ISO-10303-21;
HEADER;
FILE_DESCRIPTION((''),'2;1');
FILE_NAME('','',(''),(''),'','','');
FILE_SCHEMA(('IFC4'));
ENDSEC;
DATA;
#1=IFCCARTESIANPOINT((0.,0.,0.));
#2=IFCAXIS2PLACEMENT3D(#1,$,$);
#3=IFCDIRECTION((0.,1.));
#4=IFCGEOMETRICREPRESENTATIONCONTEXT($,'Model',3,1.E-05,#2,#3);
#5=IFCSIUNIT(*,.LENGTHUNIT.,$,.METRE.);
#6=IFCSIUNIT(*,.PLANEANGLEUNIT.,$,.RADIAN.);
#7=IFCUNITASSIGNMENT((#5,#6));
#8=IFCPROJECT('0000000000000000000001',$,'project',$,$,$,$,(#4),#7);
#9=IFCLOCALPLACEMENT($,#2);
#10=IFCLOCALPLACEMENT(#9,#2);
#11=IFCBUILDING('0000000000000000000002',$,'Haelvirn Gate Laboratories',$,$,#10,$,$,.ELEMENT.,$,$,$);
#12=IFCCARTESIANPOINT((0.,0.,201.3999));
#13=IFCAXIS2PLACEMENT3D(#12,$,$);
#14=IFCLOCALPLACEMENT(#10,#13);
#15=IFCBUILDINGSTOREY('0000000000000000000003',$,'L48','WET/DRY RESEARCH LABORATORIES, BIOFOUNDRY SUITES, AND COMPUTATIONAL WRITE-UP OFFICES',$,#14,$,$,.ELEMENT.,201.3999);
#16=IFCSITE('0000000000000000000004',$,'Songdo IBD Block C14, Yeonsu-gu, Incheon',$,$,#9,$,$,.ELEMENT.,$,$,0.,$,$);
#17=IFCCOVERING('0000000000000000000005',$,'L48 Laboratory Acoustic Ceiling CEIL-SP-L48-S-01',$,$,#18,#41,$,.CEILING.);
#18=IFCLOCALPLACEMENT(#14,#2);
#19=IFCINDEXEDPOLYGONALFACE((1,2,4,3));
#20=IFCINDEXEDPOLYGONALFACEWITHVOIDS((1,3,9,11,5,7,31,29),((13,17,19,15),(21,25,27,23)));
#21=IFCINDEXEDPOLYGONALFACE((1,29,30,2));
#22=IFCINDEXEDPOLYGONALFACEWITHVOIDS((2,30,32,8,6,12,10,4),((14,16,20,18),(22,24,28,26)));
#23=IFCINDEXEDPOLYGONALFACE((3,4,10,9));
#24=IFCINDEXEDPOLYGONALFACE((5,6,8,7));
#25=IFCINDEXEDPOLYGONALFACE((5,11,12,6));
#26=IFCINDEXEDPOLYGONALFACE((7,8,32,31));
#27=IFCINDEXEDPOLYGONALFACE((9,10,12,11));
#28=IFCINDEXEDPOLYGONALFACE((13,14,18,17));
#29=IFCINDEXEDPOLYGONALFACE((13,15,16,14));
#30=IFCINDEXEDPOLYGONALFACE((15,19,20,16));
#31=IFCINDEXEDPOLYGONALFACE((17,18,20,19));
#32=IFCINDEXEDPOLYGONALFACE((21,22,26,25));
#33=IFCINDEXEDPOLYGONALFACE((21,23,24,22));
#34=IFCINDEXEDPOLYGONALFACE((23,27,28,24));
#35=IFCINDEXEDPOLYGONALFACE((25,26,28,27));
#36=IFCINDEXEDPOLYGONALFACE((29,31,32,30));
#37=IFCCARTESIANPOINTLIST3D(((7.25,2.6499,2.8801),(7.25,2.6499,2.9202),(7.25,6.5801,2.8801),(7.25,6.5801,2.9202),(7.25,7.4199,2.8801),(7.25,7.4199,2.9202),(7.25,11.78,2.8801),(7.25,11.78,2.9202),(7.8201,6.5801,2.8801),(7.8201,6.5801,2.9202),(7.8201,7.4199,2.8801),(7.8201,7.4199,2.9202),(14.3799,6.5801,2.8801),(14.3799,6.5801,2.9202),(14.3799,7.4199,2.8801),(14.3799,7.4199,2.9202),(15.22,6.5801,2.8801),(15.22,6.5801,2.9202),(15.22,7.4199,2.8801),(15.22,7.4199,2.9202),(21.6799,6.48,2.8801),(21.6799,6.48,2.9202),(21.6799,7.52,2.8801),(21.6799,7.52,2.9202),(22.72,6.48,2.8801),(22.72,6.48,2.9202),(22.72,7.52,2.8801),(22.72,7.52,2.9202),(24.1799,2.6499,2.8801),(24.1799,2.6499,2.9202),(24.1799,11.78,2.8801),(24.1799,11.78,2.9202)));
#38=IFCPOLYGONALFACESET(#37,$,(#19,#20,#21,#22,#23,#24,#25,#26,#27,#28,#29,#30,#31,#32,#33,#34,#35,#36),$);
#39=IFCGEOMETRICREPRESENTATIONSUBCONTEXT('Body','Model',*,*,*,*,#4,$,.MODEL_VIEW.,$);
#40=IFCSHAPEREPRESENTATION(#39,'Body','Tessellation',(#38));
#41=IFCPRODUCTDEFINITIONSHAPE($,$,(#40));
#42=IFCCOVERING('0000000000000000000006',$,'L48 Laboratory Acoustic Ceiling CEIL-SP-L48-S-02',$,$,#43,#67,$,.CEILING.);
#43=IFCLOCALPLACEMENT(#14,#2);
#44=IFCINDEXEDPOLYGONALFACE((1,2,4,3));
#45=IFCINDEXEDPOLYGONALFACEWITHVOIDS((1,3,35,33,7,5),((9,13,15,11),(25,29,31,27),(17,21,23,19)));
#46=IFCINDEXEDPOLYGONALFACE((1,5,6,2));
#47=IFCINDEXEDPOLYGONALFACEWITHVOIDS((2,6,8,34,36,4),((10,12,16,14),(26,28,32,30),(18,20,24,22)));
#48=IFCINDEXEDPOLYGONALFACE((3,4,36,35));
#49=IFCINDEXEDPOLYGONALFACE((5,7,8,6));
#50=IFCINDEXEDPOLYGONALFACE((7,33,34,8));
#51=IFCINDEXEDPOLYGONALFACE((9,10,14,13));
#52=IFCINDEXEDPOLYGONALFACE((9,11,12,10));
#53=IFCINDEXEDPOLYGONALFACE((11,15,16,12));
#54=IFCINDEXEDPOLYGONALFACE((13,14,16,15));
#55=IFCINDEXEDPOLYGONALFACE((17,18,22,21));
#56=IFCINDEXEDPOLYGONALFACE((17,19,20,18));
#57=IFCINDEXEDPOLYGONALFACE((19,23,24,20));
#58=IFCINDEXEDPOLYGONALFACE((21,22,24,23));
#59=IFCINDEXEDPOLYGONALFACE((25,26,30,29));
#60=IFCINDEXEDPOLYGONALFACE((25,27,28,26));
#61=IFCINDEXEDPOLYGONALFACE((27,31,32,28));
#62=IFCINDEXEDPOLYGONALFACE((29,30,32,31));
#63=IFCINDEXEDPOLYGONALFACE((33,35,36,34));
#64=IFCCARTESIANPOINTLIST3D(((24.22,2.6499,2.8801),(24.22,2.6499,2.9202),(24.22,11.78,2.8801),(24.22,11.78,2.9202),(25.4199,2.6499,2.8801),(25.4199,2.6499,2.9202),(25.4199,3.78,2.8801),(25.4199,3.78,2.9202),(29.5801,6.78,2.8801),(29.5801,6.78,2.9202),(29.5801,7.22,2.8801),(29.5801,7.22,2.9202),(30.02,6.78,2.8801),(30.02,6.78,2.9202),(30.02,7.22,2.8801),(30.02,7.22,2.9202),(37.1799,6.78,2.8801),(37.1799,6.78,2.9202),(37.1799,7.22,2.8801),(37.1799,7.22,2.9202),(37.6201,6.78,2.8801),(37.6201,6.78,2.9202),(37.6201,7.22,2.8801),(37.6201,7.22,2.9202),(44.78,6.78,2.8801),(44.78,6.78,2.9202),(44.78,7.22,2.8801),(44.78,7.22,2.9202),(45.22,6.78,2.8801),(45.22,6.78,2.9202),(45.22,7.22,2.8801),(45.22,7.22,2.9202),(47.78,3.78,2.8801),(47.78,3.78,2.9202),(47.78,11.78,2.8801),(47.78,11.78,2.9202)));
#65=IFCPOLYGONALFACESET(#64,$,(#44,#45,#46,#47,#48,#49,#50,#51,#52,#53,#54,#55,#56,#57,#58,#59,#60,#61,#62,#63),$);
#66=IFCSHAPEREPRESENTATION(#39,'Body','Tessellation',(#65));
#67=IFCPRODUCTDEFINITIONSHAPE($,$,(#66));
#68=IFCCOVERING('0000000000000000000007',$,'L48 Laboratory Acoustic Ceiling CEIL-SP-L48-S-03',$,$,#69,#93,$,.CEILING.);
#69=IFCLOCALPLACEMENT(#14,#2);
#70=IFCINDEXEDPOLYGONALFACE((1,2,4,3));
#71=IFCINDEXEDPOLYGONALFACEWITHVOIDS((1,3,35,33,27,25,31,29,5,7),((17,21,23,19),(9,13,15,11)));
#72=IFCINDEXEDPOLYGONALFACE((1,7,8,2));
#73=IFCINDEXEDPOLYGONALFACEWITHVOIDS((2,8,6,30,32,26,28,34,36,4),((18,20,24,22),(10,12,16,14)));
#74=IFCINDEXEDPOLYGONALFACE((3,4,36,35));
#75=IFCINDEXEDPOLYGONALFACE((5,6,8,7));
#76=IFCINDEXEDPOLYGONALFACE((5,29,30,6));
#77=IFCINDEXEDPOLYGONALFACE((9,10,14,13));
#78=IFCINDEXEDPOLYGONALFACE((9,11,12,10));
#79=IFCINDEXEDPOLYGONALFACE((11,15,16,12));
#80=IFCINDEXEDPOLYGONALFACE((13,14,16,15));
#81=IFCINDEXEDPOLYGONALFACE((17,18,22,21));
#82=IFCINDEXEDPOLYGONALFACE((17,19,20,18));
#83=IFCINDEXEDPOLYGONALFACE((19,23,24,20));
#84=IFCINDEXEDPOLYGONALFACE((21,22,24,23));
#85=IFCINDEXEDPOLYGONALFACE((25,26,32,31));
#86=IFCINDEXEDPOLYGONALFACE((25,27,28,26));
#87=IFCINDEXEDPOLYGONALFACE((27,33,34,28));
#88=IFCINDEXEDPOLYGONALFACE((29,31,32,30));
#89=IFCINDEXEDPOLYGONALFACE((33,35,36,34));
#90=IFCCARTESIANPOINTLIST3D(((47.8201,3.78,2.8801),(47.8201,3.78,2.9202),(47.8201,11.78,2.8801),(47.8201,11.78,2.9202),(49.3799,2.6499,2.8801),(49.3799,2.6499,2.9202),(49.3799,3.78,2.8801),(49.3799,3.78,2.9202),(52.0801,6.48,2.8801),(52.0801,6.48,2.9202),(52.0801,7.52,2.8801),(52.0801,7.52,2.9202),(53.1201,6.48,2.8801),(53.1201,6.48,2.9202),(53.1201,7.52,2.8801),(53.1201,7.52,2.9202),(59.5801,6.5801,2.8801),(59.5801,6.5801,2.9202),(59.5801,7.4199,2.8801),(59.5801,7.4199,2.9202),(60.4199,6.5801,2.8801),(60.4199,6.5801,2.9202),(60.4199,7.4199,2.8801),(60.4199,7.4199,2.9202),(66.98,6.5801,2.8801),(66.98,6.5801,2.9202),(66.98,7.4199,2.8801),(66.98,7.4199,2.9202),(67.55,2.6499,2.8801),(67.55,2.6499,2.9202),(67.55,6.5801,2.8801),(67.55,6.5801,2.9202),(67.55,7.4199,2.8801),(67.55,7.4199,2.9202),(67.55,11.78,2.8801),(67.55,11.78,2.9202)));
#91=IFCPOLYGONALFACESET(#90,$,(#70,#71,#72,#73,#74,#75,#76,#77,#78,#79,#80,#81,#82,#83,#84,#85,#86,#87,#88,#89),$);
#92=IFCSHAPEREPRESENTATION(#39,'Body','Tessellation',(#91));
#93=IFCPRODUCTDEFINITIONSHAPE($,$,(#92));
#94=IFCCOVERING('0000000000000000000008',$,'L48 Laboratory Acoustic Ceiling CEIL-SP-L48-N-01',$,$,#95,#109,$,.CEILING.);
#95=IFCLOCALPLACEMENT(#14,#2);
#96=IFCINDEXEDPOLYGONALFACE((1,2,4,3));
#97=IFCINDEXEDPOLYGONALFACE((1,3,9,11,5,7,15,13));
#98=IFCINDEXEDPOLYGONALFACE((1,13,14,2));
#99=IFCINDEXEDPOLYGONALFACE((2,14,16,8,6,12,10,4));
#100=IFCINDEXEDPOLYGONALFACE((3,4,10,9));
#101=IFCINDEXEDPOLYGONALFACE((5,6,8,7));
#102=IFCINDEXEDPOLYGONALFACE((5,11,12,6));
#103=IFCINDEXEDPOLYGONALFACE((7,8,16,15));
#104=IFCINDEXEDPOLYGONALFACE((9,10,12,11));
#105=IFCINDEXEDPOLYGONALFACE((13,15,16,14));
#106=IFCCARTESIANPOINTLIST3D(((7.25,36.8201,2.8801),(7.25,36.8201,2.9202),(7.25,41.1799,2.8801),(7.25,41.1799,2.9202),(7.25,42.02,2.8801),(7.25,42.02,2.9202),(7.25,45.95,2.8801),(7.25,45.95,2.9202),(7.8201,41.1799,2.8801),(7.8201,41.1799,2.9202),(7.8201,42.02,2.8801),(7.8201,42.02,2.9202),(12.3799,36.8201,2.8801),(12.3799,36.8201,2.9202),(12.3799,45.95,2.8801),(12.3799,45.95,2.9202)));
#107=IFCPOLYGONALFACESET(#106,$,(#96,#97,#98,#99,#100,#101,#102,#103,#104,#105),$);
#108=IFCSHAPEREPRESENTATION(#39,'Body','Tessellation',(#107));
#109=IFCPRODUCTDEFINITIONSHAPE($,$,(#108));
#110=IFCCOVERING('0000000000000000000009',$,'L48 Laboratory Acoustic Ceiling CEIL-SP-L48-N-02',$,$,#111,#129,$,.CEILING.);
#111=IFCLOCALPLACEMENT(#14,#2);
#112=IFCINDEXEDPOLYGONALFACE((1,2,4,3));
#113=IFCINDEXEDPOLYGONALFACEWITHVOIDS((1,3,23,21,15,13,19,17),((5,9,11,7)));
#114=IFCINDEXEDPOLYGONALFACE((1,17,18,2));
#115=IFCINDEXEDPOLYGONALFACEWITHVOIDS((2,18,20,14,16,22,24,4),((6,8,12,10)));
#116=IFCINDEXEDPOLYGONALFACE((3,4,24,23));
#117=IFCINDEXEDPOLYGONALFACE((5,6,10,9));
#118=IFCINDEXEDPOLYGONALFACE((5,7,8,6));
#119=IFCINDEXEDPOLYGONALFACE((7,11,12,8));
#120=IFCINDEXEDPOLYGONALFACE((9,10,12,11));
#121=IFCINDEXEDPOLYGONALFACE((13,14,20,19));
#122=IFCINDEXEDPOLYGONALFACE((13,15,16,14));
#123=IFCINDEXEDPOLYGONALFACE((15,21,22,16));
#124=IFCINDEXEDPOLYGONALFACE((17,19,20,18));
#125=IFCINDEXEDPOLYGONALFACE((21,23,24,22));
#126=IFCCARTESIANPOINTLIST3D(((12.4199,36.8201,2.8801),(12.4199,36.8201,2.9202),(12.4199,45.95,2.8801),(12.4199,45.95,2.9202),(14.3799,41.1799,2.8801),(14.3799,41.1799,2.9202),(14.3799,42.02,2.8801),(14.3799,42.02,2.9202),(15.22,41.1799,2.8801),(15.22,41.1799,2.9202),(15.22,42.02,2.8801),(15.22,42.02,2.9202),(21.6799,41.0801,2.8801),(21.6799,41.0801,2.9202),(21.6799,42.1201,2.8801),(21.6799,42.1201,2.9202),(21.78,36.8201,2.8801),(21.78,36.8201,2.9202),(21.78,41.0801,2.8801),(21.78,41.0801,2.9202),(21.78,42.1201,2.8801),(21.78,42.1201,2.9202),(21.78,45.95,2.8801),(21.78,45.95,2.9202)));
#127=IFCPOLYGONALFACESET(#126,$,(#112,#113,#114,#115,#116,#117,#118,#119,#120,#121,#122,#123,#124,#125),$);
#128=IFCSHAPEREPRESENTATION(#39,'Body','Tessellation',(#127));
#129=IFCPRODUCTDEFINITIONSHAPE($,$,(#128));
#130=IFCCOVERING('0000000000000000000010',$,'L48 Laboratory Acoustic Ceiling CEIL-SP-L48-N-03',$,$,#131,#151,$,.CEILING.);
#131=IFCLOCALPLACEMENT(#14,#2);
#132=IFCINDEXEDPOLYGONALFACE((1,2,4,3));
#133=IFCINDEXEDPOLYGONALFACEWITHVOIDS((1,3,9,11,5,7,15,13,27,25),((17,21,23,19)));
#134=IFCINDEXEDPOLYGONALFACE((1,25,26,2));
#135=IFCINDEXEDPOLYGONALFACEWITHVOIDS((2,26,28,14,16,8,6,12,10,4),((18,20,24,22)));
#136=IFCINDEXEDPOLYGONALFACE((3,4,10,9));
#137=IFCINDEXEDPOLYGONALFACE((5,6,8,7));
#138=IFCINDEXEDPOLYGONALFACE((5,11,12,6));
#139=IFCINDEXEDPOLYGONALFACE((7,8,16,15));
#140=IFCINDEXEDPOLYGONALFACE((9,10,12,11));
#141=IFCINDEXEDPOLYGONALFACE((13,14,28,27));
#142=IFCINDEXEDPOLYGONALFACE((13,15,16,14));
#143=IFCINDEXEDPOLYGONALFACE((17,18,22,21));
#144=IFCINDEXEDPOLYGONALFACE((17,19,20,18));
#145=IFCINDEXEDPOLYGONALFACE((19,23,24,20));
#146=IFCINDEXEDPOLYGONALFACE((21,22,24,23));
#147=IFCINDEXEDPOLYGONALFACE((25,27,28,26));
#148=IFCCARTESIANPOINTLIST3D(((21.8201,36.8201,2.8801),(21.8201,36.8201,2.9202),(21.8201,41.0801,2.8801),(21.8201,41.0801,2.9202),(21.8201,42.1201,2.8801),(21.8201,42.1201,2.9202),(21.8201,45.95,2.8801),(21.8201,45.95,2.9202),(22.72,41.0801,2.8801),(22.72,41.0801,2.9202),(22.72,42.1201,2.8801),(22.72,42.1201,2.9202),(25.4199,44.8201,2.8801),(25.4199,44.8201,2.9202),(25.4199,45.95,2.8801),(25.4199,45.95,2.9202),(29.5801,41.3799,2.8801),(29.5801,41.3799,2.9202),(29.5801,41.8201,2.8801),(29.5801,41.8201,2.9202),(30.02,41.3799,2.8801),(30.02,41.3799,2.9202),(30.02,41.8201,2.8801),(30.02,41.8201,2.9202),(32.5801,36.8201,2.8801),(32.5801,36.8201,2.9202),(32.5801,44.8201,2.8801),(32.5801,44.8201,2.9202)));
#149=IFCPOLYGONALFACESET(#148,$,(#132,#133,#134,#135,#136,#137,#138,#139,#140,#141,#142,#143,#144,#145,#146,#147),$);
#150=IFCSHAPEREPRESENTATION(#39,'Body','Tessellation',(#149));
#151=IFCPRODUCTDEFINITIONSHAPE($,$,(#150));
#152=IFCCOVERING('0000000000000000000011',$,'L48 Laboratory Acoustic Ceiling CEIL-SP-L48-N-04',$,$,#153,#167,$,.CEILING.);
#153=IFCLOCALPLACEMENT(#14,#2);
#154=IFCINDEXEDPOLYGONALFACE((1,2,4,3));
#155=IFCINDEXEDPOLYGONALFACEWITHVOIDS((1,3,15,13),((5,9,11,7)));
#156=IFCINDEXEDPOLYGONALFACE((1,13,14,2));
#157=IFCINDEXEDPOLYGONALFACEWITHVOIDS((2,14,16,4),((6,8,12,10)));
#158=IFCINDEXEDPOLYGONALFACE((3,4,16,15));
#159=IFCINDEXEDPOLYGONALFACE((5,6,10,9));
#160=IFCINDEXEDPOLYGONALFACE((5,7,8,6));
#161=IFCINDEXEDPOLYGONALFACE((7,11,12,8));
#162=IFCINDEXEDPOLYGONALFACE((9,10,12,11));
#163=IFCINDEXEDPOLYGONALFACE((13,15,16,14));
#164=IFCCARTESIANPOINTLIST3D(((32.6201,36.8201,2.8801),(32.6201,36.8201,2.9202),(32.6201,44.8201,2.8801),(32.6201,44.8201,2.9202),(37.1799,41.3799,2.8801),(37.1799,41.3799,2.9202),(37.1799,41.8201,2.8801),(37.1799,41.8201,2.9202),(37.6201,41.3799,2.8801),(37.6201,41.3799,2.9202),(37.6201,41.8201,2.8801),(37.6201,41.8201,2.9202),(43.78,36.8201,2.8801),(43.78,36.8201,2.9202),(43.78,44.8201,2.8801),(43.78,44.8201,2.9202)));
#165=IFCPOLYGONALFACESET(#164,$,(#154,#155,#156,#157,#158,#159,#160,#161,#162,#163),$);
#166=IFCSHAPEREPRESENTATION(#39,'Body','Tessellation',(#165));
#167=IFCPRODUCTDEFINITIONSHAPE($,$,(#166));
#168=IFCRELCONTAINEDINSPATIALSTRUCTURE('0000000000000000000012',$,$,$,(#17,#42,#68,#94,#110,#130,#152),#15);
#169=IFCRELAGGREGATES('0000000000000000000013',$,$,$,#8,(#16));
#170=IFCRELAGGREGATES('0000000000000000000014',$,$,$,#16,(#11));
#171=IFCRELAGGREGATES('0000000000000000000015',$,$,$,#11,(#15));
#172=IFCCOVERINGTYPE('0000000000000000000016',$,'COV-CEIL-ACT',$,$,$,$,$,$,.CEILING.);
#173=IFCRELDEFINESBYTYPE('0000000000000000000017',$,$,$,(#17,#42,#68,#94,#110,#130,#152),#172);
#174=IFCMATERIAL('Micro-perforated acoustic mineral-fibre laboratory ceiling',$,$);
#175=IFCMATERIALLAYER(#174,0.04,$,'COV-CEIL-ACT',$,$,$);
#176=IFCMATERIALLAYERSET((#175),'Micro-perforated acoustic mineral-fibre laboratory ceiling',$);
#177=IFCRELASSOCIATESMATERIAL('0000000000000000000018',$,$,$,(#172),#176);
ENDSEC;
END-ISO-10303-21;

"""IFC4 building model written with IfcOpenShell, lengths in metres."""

from ifc_helpers import new_model, si_unit, direction, frame, origin, place, context, subcontext, project, spatial, polyline, outline, extrude, material, layer, layer_set, type_object, element, save


model = new_model("IFC4")

# Units and contexts
model_context = context("Model", 3, precision=1e-05, world=origin(), true_north=direction((0.0, 1.0)))
body_context = subcontext(model_context, "Body", "Model", "MODEL_VIEW")
ifc_project = project(units=[si_unit("LENGTHUNIT", "METRE"), si_unit("PLANEANGLEUNIT", "RADIAN")], contexts=[model_context])

# Site, building, storey
site_placement = place(None, origin())
site = spatial("IfcSite", under=ifc_project, at=site_placement, Name="Songdo IBD Block C14, Yeonsu-gu, Incheon", CompositionType="ELEMENT", RefElevation=0.0)
building_placement = place(site_placement, origin())
building = spatial("IfcBuilding", under=site, at=building_placement, Name="Haelvirn Gate Laboratories", CompositionType="ELEMENT")
storey_placement = place(building_placement, frame((0.0, 0.0, 201.3999)))
storey = spatial("IfcBuildingStorey", under=building, at=storey_placement, Name="L48", Description="WET/DRY RESEARCH LABORATORIES, BIOFOUNDRY SUITES, AND COMPUTATIONAL WRITE-UP OFFICES", CompositionType="ELEMENT", Elevation=201.3999)

# Coverings
ifc_material_1 = material(Name="Micro-perforated acoustic mineral-fibre laboratory ceiling")
ifc_layer_1 = layer(ifc_material_1, 0.04, Name="COV-CEIL-ACT")
ifc_layer_set_1 = layer_set([ifc_layer_1], Name="Micro-perforated acoustic mineral-fibre laboratory ceiling")
covering_type = type_object("IfcCoveringType", Name="COV-CEIL-ACT", PredefinedType="CEILING", material=ifc_layer_set_1)
covering_1_placement = place(storey_placement, frame((0.0, 0.0, 2.8801)))
element("IfcCovering", 1, at=covering_1_placement, inside=storey, type_object=covering_type, Name="L48 Laboratory Acoustic Ceiling CEIL-SP-L48-S-01", PredefinedType="CEILING", context=body_context, shape_type="SweptSolid", body=[
    extrude(outline(polyline([(7.25, 11.78), (24.1799, 11.78), (24.1799, 2.6499), (7.25, 2.6499), (7.25, 6.5801), (7.8201, 6.5801), (7.8201, 7.4199), (7.25, 7.4199), (7.25, 11.78)]), holes=[polyline([(14.3799, 6.5801), (15.22, 6.5801), (15.22, 7.4199), (14.3799, 7.4199), (14.3799, 6.5801)]), polyline([(21.6799, 7.52), (21.6799, 6.48), (22.72, 6.48), (22.72, 7.52), (21.6799, 7.52)])]), origin(), (0.0, 0.0, 1.0), 0.04),
])
covering_2_placement = place(storey_placement, frame((0.0, 0.0, 2.8801)))
element("IfcCovering", 2, at=covering_2_placement, inside=storey, type_object=covering_type, Name="L48 Laboratory Acoustic Ceiling CEIL-SP-L48-S-02", PredefinedType="CEILING", context=body_context, shape_type="SweptSolid", body=[
    extrude(outline(polyline([(24.22, 11.78), (47.78, 11.78), (47.78, 3.78), (25.4199, 3.78), (25.4199, 2.6499), (24.22, 2.6499), (24.22, 11.78)]), holes=[polyline([(29.5801, 6.78), (30.02, 6.78), (30.02, 7.22), (29.5801, 7.22), (29.5801, 6.78)]), polyline([(37.1799, 7.22), (37.1799, 6.78), (37.6201, 6.78), (37.6201, 7.22), (37.1799, 7.22)]), polyline([(45.22, 7.22), (44.78, 7.22), (44.78, 6.78), (45.22, 6.78), (45.22, 7.22)])]), origin(), (0.0, 0.0, 1.0), 0.04),
])
covering_3_placement = place(storey_placement, frame((0.0, 0.0, 2.8801)))
element("IfcCovering", 3, at=covering_3_placement, inside=storey, type_object=covering_type, Name="L48 Laboratory Acoustic Ceiling CEIL-SP-L48-S-03", PredefinedType="CEILING", context=body_context, shape_type="SweptSolid", body=[
    extrude(outline(polyline([(67.55, 11.78), (67.55, 7.4199), (66.98, 7.4199), (66.98, 6.5801), (67.55, 6.5801), (67.55, 2.6499), (49.3799, 2.6499), (49.3799, 3.78), (47.8201, 3.78), (47.8201, 11.78), (67.55, 11.78)]), holes=[polyline([(52.0801, 6.48), (53.1201, 6.48), (53.1201, 7.52), (52.0801, 7.52), (52.0801, 6.48)]), polyline([(59.5801, 7.4199), (59.5801, 6.5801), (60.4199, 6.5801), (60.4199, 7.4199), (59.5801, 7.4199)])]), origin(), (0.0, 0.0, 1.0), 0.04),
])
covering_4_placement = place(storey_placement, frame((0.0, 0.0, 2.8801)))
element("IfcCovering", 4, at=covering_4_placement, inside=storey, type_object=covering_type, Name="L48 Laboratory Acoustic Ceiling CEIL-SP-L48-N-01", PredefinedType="CEILING", context=body_context, shape_type="SweptSolid", body=[
    extrude(outline(polyline([(7.25, 45.95), (12.3799, 45.95), (12.3799, 36.8201), (7.25, 36.8201), (7.25, 41.1799), (7.8201, 41.1799), (7.8201, 42.02), (7.25, 42.02), (7.25, 45.95)])), origin(), (0.0, 0.0, 1.0), 0.04),
])
covering_5_placement = place(storey_placement, frame((0.0, 0.0, 2.8801)))
element("IfcCovering", 5, at=covering_5_placement, inside=storey, type_object=covering_type, Name="L48 Laboratory Acoustic Ceiling CEIL-SP-L48-N-02", PredefinedType="CEILING", context=body_context, shape_type="SweptSolid", body=[
    extrude(outline(polyline([(21.78, 36.8201), (12.4199, 36.8201), (12.4199, 45.95), (21.78, 45.95), (21.78, 42.1201), (21.6799, 42.1201), (21.6799, 41.0801), (21.78, 41.0801), (21.78, 36.8201)]), holes=[polyline([(14.3799, 42.02), (14.3799, 41.1799), (15.22, 41.1799), (15.22, 42.02), (14.3799, 42.02)])]), origin(), (0.0, 0.0, 1.0), 0.04),
])
covering_6_placement = place(storey_placement, frame((0.0, 0.0, 2.8801)))
element("IfcCovering", 6, at=covering_6_placement, inside=storey, type_object=covering_type, Name="L48 Laboratory Acoustic Ceiling CEIL-SP-L48-N-03", PredefinedType="CEILING", context=body_context, shape_type="SweptSolid", body=[
    extrude(outline(polyline([(25.4199, 45.95), (25.4199, 44.8201), (32.5801, 44.8201), (32.5801, 36.8201), (21.8201, 36.8201), (21.8201, 41.0801), (22.72, 41.0801), (22.72, 42.1201), (21.8201, 42.1201), (21.8201, 45.95), (25.4199, 45.95)]), holes=[polyline([(30.02, 41.8201), (29.5801, 41.8201), (29.5801, 41.3799), (30.02, 41.3799), (30.02, 41.8201)])]), origin(), (0.0, 0.0, 1.0), 0.04),
])
covering_7_placement = place(storey_placement, frame((0.0, 0.0, 2.8801)))
element("IfcCovering", 7, at=covering_7_placement, inside=storey, type_object=covering_type, Name="L48 Laboratory Acoustic Ceiling CEIL-SP-L48-N-04", PredefinedType="CEILING", context=body_context, shape_type="SweptSolid", body=[
    extrude(outline(polyline([(43.78, 44.8201), (43.78, 36.8201), (32.6201, 36.8201), (32.6201, 44.8201), (43.78, 44.8201)]), holes=[polyline([(37.6201, 41.8201), (37.1799, 41.8201), (37.1799, 41.3799), (37.6201, 41.3799), (37.6201, 41.8201)])]), origin(), (0.0, 0.0, 1.0), 0.04),
])

save(model, "model.ifc")
